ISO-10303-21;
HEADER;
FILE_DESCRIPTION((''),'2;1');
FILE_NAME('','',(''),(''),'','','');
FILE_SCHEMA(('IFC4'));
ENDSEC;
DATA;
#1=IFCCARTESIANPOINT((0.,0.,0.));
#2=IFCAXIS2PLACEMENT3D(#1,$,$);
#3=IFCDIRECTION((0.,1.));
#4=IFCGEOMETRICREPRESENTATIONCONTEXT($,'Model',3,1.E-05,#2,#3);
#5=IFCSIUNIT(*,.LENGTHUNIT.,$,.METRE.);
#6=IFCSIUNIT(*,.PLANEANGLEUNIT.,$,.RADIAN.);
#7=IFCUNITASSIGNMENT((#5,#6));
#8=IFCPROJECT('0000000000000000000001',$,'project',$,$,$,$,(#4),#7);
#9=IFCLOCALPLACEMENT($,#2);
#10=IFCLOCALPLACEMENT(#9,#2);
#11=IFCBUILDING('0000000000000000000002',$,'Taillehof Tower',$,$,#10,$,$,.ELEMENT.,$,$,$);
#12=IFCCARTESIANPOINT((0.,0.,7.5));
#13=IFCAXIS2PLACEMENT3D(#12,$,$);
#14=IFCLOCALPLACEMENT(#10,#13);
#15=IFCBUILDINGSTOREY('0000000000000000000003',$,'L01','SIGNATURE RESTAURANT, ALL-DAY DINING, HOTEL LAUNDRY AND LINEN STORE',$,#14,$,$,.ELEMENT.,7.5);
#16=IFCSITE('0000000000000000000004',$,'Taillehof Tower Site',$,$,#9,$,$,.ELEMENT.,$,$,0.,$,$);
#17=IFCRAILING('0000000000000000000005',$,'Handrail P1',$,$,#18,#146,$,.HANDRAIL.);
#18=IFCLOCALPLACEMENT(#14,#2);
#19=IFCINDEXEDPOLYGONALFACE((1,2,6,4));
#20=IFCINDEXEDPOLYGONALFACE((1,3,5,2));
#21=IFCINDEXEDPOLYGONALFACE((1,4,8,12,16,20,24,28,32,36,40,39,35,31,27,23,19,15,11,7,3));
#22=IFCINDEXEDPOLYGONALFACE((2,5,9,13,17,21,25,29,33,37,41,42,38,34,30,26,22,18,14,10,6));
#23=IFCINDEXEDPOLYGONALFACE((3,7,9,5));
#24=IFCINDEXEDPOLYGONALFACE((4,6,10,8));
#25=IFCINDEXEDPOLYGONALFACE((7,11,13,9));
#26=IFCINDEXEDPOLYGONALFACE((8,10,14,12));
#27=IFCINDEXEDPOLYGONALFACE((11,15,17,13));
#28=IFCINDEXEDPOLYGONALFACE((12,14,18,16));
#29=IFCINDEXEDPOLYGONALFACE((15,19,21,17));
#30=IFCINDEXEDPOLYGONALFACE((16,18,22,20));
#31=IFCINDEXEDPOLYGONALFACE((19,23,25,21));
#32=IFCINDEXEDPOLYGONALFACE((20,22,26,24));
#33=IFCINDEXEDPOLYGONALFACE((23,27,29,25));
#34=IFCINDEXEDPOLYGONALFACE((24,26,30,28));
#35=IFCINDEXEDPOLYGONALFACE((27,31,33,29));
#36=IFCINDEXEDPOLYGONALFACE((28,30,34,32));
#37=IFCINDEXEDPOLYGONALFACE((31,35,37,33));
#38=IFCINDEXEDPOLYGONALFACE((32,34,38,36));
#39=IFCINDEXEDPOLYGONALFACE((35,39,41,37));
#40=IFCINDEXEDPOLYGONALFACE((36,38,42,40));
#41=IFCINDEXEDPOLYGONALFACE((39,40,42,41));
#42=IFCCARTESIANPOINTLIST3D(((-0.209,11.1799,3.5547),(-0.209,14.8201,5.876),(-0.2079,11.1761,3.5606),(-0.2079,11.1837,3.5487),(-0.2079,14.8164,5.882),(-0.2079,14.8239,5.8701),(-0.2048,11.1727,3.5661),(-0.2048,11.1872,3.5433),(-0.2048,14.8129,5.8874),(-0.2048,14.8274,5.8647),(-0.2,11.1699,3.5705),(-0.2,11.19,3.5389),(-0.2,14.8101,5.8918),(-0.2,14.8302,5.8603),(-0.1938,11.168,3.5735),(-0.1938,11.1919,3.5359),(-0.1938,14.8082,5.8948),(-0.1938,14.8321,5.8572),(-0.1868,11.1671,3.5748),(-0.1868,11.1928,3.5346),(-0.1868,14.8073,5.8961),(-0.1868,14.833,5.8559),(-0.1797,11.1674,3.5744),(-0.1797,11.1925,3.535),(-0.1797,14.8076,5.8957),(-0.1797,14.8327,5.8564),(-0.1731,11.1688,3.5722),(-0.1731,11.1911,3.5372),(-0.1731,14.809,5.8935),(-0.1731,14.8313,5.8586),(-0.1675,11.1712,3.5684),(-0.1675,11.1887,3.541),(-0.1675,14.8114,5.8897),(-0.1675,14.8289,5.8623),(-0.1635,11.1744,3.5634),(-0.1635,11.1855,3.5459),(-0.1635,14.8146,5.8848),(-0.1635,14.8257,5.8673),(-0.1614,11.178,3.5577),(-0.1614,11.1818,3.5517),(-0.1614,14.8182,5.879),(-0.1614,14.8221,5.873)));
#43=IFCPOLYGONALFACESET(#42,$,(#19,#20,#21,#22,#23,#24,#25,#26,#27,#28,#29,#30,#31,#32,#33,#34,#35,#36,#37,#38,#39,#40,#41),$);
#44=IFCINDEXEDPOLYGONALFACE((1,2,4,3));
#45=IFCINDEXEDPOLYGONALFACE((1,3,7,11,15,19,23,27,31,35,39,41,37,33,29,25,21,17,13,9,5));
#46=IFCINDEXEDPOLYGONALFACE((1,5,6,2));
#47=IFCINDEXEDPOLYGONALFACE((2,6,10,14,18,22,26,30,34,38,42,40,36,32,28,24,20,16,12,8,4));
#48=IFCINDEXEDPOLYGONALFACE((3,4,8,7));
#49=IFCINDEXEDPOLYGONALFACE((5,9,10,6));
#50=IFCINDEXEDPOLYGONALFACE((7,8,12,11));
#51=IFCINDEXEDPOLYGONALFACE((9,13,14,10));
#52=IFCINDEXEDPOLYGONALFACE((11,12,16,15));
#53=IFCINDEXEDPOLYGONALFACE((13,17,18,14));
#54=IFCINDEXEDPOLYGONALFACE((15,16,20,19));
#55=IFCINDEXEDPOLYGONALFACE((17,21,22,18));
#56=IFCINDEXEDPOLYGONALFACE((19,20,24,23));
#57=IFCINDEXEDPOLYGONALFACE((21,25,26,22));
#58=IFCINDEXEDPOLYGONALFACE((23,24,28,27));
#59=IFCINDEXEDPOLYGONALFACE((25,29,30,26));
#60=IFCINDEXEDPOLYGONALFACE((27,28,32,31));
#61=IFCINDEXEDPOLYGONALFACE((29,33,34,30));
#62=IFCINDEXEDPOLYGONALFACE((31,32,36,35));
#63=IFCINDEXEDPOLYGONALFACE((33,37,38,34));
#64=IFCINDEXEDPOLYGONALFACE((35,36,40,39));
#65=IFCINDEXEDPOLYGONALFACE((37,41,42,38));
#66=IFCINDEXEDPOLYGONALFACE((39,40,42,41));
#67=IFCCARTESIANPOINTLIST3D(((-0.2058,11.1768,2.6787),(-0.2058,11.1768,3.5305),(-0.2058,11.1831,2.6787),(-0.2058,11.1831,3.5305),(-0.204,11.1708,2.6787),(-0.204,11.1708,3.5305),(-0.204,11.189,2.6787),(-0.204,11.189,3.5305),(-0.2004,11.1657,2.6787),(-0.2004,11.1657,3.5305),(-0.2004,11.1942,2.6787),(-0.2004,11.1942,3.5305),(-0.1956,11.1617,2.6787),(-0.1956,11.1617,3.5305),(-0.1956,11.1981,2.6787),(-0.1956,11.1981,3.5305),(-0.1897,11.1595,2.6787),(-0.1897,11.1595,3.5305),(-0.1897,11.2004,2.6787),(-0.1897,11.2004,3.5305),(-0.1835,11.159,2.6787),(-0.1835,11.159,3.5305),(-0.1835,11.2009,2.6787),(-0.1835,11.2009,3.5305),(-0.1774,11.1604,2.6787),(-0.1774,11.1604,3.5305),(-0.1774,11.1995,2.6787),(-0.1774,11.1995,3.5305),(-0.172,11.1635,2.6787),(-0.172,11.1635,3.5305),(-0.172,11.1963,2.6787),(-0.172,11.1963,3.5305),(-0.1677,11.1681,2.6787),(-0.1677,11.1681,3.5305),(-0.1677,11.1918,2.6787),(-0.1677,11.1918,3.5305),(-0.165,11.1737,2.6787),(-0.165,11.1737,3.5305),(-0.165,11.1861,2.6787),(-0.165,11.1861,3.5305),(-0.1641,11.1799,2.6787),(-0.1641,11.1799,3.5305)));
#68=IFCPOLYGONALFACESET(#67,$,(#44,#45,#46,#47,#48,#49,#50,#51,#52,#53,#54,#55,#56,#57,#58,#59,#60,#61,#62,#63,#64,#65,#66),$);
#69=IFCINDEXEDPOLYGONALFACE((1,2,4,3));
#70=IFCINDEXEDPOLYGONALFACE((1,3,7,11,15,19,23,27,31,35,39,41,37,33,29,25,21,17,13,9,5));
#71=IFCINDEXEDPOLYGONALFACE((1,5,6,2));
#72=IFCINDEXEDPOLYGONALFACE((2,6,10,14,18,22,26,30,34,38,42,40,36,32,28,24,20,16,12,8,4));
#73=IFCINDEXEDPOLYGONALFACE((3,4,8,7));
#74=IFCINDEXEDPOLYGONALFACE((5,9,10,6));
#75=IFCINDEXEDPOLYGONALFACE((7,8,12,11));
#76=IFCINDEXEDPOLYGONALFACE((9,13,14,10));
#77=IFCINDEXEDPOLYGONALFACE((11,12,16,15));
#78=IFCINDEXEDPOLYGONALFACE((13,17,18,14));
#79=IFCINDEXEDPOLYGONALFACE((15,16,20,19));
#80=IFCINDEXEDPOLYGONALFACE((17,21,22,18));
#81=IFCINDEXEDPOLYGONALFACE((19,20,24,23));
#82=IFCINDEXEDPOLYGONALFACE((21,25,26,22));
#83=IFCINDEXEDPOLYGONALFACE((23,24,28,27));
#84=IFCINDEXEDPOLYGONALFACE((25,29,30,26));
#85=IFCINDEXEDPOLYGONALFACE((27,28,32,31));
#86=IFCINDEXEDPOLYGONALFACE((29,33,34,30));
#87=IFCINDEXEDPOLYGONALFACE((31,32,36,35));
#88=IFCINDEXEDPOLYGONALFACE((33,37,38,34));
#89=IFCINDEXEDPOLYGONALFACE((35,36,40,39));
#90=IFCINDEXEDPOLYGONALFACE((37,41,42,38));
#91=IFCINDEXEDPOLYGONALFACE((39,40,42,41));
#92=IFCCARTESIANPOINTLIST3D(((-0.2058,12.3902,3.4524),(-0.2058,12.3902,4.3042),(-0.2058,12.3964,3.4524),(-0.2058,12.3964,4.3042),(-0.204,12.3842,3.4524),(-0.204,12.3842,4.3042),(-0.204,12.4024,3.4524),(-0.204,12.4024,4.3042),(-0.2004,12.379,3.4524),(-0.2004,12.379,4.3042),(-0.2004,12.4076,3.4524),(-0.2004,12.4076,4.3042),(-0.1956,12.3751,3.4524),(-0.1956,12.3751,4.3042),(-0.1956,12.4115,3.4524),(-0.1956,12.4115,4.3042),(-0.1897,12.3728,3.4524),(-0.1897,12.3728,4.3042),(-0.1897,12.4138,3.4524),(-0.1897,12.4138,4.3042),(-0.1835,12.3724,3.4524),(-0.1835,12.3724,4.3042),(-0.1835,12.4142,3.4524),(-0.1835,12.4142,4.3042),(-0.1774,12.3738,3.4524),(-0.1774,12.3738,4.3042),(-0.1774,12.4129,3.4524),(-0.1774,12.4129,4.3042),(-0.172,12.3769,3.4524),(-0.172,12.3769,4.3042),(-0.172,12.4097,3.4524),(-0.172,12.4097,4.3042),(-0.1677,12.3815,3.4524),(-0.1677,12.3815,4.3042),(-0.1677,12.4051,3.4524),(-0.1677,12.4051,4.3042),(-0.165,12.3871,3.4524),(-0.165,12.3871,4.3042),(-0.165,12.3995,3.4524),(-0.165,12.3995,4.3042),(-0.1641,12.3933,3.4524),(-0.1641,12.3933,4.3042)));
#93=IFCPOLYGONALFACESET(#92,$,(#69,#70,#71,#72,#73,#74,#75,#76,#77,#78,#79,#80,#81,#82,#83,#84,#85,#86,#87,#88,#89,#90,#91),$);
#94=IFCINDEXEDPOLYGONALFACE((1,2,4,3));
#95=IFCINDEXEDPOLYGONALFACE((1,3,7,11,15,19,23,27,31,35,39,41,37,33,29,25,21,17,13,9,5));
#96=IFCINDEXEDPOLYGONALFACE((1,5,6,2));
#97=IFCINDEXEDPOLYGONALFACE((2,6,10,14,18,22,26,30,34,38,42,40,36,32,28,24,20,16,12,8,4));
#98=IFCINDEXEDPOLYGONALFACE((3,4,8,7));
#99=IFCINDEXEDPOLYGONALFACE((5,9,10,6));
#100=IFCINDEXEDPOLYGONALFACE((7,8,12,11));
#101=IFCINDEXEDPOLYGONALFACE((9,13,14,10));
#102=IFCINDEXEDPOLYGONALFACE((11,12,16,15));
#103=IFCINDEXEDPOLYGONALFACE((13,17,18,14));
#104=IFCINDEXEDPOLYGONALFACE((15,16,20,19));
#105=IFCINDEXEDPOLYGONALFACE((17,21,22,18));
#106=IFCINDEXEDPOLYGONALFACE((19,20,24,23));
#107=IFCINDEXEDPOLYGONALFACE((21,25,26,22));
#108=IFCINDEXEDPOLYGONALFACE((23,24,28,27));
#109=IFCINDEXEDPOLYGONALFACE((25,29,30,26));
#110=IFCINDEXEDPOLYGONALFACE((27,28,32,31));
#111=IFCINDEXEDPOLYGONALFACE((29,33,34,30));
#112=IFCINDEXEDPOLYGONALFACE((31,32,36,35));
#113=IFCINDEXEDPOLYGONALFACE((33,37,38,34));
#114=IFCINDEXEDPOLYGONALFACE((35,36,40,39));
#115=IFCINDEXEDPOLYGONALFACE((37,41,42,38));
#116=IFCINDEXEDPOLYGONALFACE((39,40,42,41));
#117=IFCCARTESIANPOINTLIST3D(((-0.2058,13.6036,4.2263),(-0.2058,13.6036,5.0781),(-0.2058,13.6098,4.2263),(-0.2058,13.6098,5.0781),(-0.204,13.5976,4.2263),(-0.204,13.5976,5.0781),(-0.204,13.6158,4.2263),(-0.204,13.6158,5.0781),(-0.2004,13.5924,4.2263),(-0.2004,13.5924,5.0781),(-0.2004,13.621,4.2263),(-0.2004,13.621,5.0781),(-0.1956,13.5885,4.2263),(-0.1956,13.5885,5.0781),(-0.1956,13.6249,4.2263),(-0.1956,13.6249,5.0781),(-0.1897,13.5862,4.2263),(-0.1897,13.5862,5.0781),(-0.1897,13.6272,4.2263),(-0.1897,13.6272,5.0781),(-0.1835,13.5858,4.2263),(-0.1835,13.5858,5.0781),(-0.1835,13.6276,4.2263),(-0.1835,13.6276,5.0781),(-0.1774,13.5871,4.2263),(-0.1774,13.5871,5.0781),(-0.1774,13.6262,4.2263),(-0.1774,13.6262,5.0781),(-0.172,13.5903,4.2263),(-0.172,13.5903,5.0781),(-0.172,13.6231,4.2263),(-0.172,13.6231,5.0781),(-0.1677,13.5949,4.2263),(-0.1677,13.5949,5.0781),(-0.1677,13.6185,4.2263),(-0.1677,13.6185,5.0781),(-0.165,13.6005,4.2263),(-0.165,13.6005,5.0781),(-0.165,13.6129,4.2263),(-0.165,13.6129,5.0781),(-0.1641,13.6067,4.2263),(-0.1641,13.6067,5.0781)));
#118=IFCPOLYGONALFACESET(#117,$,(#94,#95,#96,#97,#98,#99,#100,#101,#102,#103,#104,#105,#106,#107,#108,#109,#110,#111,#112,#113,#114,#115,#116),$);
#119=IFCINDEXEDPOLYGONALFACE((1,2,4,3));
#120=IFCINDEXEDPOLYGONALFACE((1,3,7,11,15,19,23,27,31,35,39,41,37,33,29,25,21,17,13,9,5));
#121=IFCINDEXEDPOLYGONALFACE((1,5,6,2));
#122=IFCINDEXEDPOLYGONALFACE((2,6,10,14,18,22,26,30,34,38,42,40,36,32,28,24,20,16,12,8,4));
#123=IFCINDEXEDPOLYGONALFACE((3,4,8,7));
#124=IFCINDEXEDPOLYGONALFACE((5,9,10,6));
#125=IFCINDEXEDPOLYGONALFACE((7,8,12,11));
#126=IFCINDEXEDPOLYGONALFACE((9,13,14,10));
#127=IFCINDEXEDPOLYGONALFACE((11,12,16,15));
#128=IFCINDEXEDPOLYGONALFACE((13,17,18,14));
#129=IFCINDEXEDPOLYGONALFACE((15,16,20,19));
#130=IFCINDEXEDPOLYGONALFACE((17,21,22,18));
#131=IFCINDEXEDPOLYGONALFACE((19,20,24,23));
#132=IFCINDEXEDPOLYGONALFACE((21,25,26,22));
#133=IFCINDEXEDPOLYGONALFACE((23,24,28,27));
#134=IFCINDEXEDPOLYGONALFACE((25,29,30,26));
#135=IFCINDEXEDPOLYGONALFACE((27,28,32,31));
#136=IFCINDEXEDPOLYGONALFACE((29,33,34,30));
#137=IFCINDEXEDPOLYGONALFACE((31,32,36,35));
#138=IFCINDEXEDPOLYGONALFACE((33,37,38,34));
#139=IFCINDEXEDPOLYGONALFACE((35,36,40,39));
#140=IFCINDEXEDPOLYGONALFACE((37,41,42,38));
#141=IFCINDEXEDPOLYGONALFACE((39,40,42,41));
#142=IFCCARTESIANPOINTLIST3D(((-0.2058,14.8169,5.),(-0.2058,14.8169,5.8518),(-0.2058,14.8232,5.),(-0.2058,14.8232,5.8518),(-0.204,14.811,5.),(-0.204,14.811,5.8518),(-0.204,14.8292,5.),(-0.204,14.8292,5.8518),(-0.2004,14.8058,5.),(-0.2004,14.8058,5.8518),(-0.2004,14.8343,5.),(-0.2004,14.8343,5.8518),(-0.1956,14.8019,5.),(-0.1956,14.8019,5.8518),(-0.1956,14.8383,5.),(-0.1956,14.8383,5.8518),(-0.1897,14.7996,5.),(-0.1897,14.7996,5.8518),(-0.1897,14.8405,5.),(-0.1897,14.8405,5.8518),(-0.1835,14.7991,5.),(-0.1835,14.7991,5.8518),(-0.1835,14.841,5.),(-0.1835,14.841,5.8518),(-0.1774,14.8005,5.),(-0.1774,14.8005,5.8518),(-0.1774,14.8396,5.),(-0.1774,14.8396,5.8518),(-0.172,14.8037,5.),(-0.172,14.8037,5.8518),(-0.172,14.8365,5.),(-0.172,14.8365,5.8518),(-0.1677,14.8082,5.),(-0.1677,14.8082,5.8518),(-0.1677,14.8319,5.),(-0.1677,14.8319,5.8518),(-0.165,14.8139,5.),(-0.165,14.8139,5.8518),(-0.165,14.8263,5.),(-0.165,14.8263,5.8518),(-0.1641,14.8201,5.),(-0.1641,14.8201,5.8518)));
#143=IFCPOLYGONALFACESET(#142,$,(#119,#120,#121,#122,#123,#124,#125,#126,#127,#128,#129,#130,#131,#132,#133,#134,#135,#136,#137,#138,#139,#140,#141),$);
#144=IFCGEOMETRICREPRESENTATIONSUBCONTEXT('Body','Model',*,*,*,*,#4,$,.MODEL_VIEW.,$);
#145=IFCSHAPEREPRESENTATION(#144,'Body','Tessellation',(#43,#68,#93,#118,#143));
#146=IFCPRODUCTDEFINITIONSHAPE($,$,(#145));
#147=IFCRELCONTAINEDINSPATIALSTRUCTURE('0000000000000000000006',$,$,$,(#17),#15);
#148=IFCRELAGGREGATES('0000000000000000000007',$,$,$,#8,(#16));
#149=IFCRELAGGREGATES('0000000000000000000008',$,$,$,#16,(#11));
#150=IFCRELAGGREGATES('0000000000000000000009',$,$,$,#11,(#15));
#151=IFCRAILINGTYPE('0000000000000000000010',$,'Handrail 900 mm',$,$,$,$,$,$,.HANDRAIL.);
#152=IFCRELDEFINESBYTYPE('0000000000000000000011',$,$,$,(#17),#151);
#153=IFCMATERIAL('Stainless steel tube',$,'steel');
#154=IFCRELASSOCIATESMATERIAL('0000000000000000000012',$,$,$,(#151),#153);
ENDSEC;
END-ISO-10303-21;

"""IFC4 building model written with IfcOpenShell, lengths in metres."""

from ifc_helpers import new_model, si_unit, direction, frame, origin, origin_2d, place, context, subcontext, project, spatial, circle, extrude, material, type_object, element, save


model = new_model("IFC4")

# Units and contexts
model_context = context("Model", 3, precision=1e-05, world=origin(), true_north=direction((0.0, 1.0)))
body_context = subcontext(model_context, "Body", "Model", "MODEL_VIEW")
ifc_project = project(units=[si_unit("LENGTHUNIT", "METRE"), si_unit("PLANEANGLEUNIT", "RADIAN")], contexts=[model_context])

# Site, building, storey
site_placement = place(None, origin())
site = spatial("IfcSite", under=ifc_project, at=site_placement, Name="Taillehof Tower Site", CompositionType="ELEMENT", RefElevation=0.0)
building_placement = place(site_placement, origin())
building = spatial("IfcBuilding", under=site, at=building_placement, Name="Taillehof Tower", CompositionType="ELEMENT")
storey_placement = place(building_placement, frame((0.0, 0.0, 7.5)))
storey = spatial("IfcBuildingStorey", under=building, at=storey_placement, Name="L01", Description="SIGNATURE RESTAURANT, ALL-DAY DINING, HOTEL LAUNDRY AND LINEN STORE", CompositionType="ELEMENT", Elevation=7.5)

# Railing
ifc_material_1 = material(Name="Stainless steel tube", Category="steel")
railing_type_1 = type_object("IfcRailingType", Name="Handrail 900 mm", PredefinedType="HANDRAIL", material=ifc_material_1)
for number, where, name in (
    (1, (-0.1851, 11.1799, 2.6787), "Handrail P1"),
):
    element("IfcRailing", number, at=place(storey_placement, frame(where)), inside=storey, type_object=railing_type_1, Name=name, PredefinedType="HANDRAIL", context=body_context, shape_type="SweptSolid", body=[
        extrude(circle(Radius=0.0239, at=origin_2d()), frame((0.0, 0.0, 0.876), z_axis=(0.0, 0.843153, 0.537673), x_axis=(-1.0, 0.0, 0.0)), (0.0, 0.0, 1.0), 4.3174),
        extrude(circle(Radius=0.021, at=origin_2d()), origin(), (0.0, 0.0, 1.0), 0.8518),
        extrude(circle(Radius=0.021, at=origin_2d()), frame((0.0, 1.2134, 0.7737)), (0.0, 0.0, 1.0), 0.8518),
        extrude(circle(Radius=0.021, at=origin_2d()), frame((0.0, 2.4268, 1.5476)), (0.0, 0.0, 1.0), 0.8518),
        extrude(circle(Radius=0.021, at=origin_2d()), frame((0.0, 3.6401, 2.3213)), (0.0, 0.0, 1.0), 0.8518),
    ])

save(model, "model.ifc")
